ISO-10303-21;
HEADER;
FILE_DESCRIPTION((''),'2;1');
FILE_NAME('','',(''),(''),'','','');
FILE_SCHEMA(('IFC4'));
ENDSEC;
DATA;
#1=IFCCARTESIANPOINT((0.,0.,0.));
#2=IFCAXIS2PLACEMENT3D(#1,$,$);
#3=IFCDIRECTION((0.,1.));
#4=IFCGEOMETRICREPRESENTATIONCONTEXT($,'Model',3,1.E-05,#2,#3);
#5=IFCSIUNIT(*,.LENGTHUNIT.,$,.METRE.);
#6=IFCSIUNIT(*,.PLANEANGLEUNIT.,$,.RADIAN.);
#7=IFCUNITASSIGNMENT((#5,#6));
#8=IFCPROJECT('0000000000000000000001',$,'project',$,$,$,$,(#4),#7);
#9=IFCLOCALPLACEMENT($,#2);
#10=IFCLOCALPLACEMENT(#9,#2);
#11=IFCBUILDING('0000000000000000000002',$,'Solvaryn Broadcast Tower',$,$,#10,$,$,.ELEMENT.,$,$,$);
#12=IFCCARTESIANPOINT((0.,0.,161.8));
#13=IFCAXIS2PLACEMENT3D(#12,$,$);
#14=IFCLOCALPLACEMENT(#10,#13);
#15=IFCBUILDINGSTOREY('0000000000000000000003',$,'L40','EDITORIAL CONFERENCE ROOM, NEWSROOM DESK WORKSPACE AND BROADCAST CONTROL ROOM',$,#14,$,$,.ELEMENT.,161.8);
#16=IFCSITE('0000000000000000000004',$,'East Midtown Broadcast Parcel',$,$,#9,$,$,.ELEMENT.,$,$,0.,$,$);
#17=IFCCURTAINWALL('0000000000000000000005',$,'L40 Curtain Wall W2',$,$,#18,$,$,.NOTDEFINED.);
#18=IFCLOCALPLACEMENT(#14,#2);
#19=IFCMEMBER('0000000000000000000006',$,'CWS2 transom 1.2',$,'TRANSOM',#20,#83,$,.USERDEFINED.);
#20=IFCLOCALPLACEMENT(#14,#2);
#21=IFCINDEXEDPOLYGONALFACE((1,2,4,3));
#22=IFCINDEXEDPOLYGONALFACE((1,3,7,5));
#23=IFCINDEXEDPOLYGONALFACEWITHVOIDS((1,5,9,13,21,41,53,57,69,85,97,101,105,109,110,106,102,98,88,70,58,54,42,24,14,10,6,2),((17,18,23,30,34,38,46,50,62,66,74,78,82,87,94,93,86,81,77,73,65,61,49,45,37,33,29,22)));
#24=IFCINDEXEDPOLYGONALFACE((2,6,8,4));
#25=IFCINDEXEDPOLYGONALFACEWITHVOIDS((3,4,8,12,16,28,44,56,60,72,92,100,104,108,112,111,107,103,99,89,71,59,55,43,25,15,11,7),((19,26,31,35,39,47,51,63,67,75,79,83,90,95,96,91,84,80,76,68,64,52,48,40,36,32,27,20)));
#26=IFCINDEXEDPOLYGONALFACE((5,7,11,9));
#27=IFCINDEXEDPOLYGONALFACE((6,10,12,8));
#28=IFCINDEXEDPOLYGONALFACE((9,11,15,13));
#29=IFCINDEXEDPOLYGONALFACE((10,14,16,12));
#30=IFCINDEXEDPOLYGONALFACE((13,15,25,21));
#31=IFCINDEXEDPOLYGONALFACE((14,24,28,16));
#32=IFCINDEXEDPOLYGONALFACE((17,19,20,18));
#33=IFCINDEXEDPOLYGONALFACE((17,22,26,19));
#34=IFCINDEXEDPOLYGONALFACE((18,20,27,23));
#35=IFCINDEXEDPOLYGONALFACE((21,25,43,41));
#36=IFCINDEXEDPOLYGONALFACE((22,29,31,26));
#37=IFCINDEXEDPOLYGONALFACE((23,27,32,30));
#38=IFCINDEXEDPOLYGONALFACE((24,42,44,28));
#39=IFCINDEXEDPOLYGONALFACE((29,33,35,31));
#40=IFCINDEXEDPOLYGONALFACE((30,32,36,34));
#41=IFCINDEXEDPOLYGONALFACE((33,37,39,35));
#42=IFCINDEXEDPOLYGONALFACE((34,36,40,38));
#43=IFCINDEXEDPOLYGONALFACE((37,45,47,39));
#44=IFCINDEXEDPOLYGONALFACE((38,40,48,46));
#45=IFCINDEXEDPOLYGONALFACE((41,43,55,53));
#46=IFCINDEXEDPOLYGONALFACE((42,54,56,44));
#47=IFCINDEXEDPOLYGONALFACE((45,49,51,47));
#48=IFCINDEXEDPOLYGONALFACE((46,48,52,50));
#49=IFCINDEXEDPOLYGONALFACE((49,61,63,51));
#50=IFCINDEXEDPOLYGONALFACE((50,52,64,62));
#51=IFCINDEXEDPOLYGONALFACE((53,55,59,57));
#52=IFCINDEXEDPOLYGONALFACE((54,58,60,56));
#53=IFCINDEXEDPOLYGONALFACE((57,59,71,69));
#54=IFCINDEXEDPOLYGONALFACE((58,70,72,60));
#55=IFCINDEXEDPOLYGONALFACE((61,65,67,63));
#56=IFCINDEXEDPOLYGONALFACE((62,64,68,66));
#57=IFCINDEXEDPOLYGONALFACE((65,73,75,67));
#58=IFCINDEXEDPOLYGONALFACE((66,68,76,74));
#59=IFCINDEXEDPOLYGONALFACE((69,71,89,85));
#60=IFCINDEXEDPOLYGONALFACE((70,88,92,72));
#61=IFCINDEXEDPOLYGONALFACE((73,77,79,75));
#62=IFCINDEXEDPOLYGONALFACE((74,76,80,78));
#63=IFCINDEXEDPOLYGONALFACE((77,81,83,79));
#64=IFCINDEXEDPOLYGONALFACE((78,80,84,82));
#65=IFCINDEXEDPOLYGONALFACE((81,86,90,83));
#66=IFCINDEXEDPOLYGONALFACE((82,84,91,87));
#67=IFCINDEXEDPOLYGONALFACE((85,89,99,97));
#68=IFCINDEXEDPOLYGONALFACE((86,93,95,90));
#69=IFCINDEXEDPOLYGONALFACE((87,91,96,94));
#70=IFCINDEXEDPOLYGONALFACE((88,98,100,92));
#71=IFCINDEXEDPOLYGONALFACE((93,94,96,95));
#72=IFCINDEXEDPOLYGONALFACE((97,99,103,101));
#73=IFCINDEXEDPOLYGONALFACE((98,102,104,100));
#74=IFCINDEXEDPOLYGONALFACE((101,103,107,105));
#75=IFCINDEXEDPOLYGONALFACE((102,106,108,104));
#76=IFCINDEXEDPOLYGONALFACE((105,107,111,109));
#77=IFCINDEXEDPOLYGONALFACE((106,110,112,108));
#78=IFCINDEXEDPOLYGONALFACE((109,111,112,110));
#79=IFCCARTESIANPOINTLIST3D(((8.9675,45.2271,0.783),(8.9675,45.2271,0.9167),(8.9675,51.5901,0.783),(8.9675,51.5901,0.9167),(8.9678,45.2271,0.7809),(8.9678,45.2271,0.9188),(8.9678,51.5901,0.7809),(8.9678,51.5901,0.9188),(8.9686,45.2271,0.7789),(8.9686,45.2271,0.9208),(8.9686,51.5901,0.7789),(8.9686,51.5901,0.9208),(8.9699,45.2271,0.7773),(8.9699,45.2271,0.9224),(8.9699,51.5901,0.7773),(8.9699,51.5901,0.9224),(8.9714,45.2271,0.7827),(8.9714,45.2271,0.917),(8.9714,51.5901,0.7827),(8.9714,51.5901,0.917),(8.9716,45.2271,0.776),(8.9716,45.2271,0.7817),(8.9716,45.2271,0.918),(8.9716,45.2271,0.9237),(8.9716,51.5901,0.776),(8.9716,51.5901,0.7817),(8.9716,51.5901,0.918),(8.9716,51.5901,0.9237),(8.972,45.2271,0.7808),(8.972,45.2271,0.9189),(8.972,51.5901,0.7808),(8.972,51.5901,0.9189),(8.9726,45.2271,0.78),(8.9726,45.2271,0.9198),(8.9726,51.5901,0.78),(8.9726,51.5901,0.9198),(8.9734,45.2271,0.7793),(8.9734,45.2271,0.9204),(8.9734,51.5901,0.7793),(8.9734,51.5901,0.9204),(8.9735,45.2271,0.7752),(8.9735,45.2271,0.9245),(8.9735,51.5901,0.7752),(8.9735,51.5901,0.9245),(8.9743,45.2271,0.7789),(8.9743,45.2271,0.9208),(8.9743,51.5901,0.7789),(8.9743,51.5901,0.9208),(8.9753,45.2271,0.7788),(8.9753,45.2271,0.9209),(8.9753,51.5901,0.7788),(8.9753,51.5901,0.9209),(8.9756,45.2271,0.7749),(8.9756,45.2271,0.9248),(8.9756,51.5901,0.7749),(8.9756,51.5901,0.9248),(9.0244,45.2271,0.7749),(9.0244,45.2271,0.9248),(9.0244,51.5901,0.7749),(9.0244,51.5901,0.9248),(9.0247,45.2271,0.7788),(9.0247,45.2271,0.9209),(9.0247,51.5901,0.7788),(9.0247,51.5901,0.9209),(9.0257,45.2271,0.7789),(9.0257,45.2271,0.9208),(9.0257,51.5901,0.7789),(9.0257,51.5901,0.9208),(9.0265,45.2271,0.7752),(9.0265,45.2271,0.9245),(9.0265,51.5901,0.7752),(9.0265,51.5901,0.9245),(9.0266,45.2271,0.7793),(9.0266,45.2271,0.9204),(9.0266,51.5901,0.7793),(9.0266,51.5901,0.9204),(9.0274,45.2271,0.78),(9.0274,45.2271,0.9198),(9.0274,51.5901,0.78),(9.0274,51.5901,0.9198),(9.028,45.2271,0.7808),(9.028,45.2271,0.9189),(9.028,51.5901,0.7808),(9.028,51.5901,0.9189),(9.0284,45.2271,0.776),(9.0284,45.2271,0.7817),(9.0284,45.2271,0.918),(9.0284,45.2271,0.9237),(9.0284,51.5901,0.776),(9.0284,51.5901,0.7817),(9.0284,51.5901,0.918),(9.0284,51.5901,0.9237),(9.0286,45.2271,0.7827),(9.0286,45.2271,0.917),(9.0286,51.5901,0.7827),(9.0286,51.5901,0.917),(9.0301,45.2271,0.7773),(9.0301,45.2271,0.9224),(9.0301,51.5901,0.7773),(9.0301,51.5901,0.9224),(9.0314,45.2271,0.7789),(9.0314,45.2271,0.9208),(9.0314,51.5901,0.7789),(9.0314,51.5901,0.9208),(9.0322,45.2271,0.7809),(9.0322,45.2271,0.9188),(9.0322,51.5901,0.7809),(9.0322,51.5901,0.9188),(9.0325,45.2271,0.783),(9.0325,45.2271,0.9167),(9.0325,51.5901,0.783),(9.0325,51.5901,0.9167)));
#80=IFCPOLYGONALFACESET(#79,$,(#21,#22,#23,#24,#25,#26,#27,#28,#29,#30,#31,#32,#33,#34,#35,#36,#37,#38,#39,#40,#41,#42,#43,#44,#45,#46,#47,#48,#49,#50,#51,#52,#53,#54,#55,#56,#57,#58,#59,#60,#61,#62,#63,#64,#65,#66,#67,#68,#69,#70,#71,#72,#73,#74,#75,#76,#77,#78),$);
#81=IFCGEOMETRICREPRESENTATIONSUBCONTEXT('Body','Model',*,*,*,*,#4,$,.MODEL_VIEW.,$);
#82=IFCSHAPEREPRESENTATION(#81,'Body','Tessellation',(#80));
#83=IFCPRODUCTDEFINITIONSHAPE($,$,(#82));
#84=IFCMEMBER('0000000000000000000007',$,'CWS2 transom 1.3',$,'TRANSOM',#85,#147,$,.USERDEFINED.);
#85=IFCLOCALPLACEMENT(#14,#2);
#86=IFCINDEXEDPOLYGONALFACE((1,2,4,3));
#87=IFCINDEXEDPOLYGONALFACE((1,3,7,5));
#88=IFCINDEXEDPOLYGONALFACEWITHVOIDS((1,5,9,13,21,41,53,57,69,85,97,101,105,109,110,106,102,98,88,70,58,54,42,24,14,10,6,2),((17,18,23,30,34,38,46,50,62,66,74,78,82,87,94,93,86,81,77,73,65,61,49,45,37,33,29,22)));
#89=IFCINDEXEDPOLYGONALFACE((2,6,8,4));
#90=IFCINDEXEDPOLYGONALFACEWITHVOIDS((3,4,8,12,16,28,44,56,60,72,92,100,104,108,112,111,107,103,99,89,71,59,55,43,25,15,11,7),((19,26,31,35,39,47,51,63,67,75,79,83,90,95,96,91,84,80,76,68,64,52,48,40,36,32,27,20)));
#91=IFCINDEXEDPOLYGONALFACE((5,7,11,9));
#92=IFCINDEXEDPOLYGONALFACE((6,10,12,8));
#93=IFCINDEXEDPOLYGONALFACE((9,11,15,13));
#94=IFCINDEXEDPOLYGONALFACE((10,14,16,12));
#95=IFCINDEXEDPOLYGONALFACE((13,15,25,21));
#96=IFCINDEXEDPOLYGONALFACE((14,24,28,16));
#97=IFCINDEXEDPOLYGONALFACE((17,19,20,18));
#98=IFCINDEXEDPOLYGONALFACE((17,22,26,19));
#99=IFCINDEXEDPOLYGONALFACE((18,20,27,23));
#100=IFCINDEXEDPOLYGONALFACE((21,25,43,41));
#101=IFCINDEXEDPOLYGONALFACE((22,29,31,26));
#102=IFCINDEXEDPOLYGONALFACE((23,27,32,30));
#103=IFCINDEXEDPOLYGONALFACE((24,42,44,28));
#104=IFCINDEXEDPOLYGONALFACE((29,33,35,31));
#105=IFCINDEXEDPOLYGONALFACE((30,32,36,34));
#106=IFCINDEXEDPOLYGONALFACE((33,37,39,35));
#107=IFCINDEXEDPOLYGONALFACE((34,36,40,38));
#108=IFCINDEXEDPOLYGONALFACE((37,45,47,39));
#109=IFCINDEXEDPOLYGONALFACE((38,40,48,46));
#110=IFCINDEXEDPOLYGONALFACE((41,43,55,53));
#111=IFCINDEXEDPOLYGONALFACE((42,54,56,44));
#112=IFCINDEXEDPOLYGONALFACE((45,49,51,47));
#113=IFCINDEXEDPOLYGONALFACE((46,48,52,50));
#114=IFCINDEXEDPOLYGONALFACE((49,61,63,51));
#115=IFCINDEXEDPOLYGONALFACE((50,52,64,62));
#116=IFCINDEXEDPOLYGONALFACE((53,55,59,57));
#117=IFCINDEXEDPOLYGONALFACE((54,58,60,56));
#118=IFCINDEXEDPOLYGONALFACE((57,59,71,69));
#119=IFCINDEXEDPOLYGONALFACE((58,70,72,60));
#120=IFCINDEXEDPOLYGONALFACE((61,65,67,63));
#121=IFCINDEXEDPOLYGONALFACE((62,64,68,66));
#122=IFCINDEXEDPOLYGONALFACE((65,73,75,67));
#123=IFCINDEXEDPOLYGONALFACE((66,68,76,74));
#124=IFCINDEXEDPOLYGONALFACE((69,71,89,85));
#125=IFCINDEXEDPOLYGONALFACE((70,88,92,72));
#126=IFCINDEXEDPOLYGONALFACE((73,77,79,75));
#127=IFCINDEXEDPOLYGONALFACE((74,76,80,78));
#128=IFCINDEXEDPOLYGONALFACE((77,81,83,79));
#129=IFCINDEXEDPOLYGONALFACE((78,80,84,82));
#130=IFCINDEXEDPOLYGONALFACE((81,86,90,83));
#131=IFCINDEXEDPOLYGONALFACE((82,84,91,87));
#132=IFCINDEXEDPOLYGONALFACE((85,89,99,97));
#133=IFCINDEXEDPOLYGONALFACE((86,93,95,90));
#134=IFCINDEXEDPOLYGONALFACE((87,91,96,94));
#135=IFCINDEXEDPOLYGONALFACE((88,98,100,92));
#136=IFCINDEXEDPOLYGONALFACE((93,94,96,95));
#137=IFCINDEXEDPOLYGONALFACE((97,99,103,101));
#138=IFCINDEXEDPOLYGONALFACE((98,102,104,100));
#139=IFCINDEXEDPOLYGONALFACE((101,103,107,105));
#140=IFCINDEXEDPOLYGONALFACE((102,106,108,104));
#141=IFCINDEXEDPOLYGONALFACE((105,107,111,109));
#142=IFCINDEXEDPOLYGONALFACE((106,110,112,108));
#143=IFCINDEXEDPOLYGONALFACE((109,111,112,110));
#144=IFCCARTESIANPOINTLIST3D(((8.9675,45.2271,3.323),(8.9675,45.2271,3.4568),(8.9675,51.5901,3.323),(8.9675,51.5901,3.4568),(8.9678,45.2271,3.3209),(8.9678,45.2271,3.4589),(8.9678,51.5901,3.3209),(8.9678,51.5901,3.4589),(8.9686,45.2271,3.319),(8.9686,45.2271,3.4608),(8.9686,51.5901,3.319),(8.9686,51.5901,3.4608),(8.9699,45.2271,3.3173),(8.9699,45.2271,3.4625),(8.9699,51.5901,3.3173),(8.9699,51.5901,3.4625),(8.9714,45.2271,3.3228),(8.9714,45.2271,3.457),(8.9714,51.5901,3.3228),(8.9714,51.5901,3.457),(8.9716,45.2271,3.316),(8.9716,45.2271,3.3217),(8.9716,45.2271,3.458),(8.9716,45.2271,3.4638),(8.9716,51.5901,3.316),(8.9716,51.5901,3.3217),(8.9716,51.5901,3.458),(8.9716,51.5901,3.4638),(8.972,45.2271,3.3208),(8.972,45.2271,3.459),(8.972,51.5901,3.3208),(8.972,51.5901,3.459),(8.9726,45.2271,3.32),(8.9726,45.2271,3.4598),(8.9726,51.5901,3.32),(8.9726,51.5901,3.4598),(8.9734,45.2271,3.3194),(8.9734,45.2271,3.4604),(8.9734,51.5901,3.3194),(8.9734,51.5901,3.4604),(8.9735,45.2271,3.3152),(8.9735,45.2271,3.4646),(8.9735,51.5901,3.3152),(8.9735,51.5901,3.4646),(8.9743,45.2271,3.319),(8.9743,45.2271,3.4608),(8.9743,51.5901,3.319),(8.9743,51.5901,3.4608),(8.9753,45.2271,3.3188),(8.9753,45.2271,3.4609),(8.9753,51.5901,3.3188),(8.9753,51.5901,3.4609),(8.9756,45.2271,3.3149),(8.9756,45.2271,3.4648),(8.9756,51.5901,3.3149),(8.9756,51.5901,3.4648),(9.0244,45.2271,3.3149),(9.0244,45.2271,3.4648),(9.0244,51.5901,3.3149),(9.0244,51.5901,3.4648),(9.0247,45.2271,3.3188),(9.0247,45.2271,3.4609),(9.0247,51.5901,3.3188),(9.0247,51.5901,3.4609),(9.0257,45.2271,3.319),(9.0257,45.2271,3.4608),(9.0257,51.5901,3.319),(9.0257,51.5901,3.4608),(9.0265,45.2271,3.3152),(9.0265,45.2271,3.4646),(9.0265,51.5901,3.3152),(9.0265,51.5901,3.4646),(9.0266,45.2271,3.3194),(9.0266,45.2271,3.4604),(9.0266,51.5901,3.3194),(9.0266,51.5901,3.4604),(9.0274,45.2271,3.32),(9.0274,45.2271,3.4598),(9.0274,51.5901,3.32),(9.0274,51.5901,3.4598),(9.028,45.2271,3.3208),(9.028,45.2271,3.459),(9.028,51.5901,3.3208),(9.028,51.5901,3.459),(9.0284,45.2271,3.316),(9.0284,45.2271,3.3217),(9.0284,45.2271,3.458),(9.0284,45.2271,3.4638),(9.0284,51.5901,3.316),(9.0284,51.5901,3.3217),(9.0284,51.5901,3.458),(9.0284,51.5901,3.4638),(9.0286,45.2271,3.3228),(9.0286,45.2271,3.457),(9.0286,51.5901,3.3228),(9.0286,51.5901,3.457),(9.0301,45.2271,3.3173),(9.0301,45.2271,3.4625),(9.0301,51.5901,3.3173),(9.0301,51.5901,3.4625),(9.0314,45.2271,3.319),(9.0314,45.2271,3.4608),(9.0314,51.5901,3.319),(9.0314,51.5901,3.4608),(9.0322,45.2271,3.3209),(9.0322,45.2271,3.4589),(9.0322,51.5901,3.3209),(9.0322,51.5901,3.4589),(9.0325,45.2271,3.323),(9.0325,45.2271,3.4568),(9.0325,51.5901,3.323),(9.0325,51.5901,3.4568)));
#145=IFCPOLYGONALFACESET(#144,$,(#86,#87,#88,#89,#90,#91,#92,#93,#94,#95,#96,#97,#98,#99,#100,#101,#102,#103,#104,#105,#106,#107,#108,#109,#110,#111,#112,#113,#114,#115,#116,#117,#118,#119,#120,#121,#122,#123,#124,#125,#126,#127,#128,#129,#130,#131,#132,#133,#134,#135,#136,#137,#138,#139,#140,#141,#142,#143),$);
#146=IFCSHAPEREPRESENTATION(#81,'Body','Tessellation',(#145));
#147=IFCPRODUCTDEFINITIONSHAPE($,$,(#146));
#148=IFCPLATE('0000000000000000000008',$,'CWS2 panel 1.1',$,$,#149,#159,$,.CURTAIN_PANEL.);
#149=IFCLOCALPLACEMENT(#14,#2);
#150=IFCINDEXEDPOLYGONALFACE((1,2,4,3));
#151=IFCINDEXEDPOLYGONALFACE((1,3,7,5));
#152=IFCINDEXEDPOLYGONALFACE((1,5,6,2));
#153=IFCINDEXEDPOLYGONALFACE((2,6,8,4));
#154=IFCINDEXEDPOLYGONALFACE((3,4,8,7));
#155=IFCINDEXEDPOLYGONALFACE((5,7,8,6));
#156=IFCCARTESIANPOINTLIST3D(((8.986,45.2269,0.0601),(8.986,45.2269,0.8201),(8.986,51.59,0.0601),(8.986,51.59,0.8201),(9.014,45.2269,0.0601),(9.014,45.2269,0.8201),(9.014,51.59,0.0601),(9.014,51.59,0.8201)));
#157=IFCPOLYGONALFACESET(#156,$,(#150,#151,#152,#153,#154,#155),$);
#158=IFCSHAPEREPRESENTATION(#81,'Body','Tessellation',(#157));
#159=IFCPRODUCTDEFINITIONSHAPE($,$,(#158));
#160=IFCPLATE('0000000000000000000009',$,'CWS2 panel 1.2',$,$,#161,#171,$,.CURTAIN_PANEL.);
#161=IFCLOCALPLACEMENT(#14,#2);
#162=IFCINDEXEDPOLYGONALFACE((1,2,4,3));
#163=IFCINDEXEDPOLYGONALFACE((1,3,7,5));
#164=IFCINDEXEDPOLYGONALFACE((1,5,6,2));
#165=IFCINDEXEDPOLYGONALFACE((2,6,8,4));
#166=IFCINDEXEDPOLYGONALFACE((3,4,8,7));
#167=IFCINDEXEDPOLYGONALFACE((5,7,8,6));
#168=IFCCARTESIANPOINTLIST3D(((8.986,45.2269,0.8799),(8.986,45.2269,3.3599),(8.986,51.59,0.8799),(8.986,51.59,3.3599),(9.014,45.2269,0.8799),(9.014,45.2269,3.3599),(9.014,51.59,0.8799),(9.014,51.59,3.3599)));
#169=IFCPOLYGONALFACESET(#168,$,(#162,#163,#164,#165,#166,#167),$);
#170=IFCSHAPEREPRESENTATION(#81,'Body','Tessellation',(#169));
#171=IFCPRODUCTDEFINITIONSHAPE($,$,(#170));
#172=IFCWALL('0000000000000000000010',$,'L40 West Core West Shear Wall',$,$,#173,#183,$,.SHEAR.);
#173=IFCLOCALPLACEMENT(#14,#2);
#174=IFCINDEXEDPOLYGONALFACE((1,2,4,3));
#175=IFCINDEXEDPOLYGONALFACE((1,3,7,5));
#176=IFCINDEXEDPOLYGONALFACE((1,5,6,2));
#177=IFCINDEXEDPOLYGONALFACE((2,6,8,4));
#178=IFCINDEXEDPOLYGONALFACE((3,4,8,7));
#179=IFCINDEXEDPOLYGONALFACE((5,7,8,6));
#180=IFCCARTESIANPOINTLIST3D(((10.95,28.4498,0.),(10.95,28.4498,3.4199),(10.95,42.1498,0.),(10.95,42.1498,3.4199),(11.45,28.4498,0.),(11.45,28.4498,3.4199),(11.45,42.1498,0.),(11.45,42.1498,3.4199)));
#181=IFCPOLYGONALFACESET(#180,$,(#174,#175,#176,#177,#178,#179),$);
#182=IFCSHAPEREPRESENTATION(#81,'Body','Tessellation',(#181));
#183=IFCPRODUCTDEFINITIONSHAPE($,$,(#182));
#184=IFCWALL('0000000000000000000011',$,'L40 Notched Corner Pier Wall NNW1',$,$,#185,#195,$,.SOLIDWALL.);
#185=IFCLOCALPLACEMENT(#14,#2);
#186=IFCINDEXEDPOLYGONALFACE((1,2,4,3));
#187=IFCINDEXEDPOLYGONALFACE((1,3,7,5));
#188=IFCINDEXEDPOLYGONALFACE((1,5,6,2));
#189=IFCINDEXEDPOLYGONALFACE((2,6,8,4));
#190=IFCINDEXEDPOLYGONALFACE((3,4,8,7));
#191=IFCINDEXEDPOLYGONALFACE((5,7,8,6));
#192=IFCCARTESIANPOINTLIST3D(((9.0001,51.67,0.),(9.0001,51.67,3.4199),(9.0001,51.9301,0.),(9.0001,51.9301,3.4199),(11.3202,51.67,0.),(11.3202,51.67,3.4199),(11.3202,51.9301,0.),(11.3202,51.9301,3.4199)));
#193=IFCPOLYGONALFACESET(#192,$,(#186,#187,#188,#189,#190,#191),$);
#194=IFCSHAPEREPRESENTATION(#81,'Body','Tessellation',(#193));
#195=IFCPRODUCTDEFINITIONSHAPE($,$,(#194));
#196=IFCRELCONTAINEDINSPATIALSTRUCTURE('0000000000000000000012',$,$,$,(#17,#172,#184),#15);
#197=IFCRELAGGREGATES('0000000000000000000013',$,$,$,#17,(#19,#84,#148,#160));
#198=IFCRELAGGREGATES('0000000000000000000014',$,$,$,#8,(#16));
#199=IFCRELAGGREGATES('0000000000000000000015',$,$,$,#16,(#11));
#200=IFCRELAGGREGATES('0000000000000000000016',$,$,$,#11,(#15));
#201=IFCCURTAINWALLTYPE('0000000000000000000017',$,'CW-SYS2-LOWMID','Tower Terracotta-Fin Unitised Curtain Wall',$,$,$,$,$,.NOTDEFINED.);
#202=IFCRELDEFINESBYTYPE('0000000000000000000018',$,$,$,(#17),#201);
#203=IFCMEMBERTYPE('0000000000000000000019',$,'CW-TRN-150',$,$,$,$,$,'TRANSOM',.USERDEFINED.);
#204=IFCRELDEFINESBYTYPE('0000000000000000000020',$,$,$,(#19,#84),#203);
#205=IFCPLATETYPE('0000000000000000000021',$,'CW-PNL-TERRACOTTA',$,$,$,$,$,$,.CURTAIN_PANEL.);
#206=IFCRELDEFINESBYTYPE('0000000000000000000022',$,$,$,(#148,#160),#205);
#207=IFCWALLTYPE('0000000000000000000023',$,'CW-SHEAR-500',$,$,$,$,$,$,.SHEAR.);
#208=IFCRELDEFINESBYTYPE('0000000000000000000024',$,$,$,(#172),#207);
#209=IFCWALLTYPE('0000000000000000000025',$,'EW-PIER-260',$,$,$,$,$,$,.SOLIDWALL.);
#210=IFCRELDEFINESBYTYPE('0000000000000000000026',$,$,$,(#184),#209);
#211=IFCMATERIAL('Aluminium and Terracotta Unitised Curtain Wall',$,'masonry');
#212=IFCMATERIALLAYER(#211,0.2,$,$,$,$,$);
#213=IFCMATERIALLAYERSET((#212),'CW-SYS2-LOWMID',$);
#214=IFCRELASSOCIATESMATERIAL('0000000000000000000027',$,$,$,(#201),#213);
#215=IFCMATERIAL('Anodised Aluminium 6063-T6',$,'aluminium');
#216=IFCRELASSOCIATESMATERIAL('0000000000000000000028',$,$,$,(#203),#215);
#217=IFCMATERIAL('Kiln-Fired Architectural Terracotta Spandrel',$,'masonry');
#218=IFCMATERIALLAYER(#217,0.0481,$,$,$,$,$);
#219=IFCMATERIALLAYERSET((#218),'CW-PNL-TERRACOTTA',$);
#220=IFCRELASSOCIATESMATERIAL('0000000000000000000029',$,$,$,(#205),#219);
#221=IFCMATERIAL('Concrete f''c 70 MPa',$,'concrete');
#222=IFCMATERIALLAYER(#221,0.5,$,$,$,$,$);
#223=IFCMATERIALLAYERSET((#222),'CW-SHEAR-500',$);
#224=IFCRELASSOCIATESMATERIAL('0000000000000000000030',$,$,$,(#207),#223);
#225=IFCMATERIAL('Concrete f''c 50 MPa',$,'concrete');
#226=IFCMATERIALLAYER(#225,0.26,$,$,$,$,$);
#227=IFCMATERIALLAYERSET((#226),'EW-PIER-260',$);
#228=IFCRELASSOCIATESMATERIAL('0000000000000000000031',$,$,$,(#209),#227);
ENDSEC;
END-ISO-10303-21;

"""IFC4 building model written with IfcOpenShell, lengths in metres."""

from ifc_helpers import new_model, si_unit, direction, frame, frame_2d, origin, origin_2d, place, context, subcontext, project, spatial, rectangle, hollow_rectangle, extrude, material, layer, layer_set, material_profile, profile_set, type_object, element, aggregate, save


model = new_model("IFC4")

# Units and contexts
model_context = context("Model", 3, precision=1e-05, world=origin(), true_north=direction((0.0, 1.0)))
body_context = subcontext(model_context, "Body", "Model", "MODEL_VIEW")
ifc_project = project(units=[si_unit("LENGTHUNIT", "METRE"), si_unit("PLANEANGLEUNIT", "RADIAN")], contexts=[model_context])

# Site, building, storey
site_placement = place(None, origin())
site = spatial("IfcSite", under=ifc_project, at=site_placement, Name="East Midtown Broadcast Parcel", CompositionType="ELEMENT", RefElevation=0.0)
building_placement = place(site_placement, origin())
building = spatial("IfcBuilding", under=site, at=building_placement, Name="Solvaryn Broadcast Tower", CompositionType="ELEMENT")
storey_placement = place(building_placement, frame((0.0, 0.0, 161.8)))
storey = spatial("IfcBuildingStorey", under=building, at=storey_placement, Name="L40", Description="EDITORIAL CONFERENCE ROOM, NEWSROOM DESK WORKSPACE AND BROADCAST CONTROL ROOM", CompositionType="ELEMENT", Elevation=161.8)

# Shared definitions
ifc_material_1 = material(Name="Aluminium and Terracotta Unitised Curtain Wall", Category="masonry")
ifc_layer_1 = layer(ifc_material_1, 0.2)
ifc_layer_set_1 = layer_set([ifc_layer_1], Name="CW-SYS2-LOWMID")
curtain_wall_type = type_object("IfcCurtainWallType", Name="CW-SYS2-LOWMID", Description="Tower Terracotta-Fin Unitised Curtain Wall", PredefinedType="NOTDEFINED", material=ifc_layer_set_1)

# Curtain wall
curtain_wall_1_placement = place(storey_placement, origin())
curtain_wall_1 = element("IfcCurtainWall", 1, at=curtain_wall_1_placement, inside=storey, type_object=curtain_wall_type, Name="L40 Curtain Wall W2", PredefinedType="NOTDEFINED")

# Members
ifc_material_2 = material(Name="Anodised Aluminium 6063-T6", Category="aluminium")
ifc_material_profile_1 = material_profile(ifc_material_2, hollow_rectangle(XDim=0.0649, YDim=0.1499, WallThickness=0.0039, InnerFilletRadius=0.0039, OuterFilletRadius=0.0081, at=origin_2d()))
ifc_profile_set_1 = profile_set([ifc_material_profile_1], Name="Anodised Aluminium 6063-T6")
member_type_1 = type_object("IfcMemberType", Name="CW-TRN-150", ElementType="TRANSOM", PredefinedType="USERDEFINED", material=ifc_profile_set_1)
member_1_placement = place(storey_placement, frame((9.0, 45.2271, 0.8499), z_axis=(0.0, 1.0, 0.0), x_axis=(-1.0, 0.0, 0.0)))
member_1 = element("IfcMember", 2, at=member_1_placement, type_object=member_type_1, Name="CWS2 transom 1.2", ObjectType="TRANSOM", PredefinedType="USERDEFINED", context=body_context, shape_type="SweptSolid", body=[
    extrude(hollow_rectangle(XDim=0.0649, YDim=0.1499, WallThickness=0.0039, InnerFilletRadius=0.0039, OuterFilletRadius=0.0081, at=origin_2d()), origin(), (0.0, 0.0, 1.0), 6.363),
])
member_2_placement = place(storey_placement, frame((9.0, 45.2271, 3.3899), z_axis=(0.0, 1.0, 0.0), x_axis=(-1.0, 0.0, 0.0)))
member_2 = element("IfcMember", 3, at=member_2_placement, type_object=member_type_1, Name="CWS2 transom 1.3", ObjectType="TRANSOM", PredefinedType="USERDEFINED", context=body_context, shape_type="SweptSolid", body=[
    extrude(hollow_rectangle(XDim=0.0649, YDim=0.1499, WallThickness=0.0039, InnerFilletRadius=0.0039, OuterFilletRadius=0.0081, at=origin_2d()), origin(), (0.0, 0.0, 1.0), 6.363),
])

# Plates
ifc_material_3 = material(Name="Kiln-Fired Architectural Terracotta Spandrel", Category="masonry")
ifc_layer_2 = layer(ifc_material_3, 0.0481)
ifc_layer_set_2 = layer_set([ifc_layer_2], Name="CW-PNL-TERRACOTTA")
plate_type = type_object("IfcPlateType", Name="CW-PNL-TERRACOTTA", PredefinedType="CURTAIN_PANEL", material=ifc_layer_set_2)
plate_1_placement = place(storey_placement, frame((9.0, 48.4084, 0.0601), z_axis=(0.0, 0.0, 1.0), x_axis=(0.0, 1.0, 0.0)))
plate_1 = element("IfcPlate", 4, at=plate_1_placement, type_object=plate_type, Name="CWS2 panel 1.1", PredefinedType="CURTAIN_PANEL", context=body_context, shape_type="SweptSolid", body=[
    extrude(rectangle(XDim=6.363, YDim=0.0281, at=origin_2d()), origin(), (0.0, 0.0, 1.0), 0.76),
])
plate_2_placement = place(storey_placement, frame((9.0, 48.4084, 0.8799), z_axis=(0.0, 0.0, 1.0), x_axis=(0.0, 1.0, 0.0)))
plate_2 = element("IfcPlate", 5, at=plate_2_placement, type_object=plate_type, Name="CWS2 panel 1.2", PredefinedType="CURTAIN_PANEL", context=body_context, shape_type="SweptSolid", body=[
    extrude(rectangle(XDim=6.363, YDim=0.0281, at=origin_2d()), origin(), (0.0, 0.0, 1.0), 2.48),
])
aggregate(curtain_wall_1, [member_1, member_2, plate_1, plate_2])

# Walls
ifc_material_4 = material(Name="Concrete f'c 70 MPa", Category="concrete")
ifc_layer_3 = layer(ifc_material_4, 0.5)
ifc_layer_set_3 = layer_set([ifc_layer_3], Name="CW-SHEAR-500")
wall_type_1 = type_object("IfcWallType", Name="CW-SHEAR-500", PredefinedType="SHEAR", material=ifc_layer_set_3)
wall_1_placement = place(storey_placement, frame((11.2, 42.1499, 0.0), z_axis=(0.0, 0.0, 1.0), x_axis=(0.0, -1.0, 0.0)))
element("IfcWall", 6, at=wall_1_placement, inside=storey, type_object=wall_type_1, Name="L40 West Core West Shear Wall", PredefinedType="SHEAR", context=body_context, shape_type="SweptSolid", body=[
    extrude(rectangle(XDim=13.7, YDim=0.5, at=frame_2d((6.8501, 0.0))), origin(), (0.0, 0.0, 1.0), 3.4199),
])
ifc_material_5 = material(Name="Concrete f'c 50 MPa", Category="concrete")
ifc_layer_4 = layer(ifc_material_5, 0.26)
ifc_layer_set_4 = layer_set([ifc_layer_4], Name="EW-PIER-260")
wall_type_2 = type_object("IfcWallType", Name="EW-PIER-260", PredefinedType="SOLIDWALL", material=ifc_layer_set_4)
wall_2_placement = place(storey_placement, frame((9.0, 51.8, 0.0), z_axis=(0.0, 0.0, 1.0), x_axis=(1.0, 0.0, 0.0)))
element("IfcWall", 7, at=wall_2_placement, inside=storey, type_object=wall_type_2, Name="L40 Notched Corner Pier Wall NNW1", PredefinedType="SOLIDWALL", context=body_context, shape_type="SweptSolid", body=[
    extrude(rectangle(XDim=2.3201, YDim=0.26, at=frame_2d((1.1602, 0.0))), origin(), (0.0, 0.0, 1.0), 3.4199),
])

save(model, "model.ifc")
